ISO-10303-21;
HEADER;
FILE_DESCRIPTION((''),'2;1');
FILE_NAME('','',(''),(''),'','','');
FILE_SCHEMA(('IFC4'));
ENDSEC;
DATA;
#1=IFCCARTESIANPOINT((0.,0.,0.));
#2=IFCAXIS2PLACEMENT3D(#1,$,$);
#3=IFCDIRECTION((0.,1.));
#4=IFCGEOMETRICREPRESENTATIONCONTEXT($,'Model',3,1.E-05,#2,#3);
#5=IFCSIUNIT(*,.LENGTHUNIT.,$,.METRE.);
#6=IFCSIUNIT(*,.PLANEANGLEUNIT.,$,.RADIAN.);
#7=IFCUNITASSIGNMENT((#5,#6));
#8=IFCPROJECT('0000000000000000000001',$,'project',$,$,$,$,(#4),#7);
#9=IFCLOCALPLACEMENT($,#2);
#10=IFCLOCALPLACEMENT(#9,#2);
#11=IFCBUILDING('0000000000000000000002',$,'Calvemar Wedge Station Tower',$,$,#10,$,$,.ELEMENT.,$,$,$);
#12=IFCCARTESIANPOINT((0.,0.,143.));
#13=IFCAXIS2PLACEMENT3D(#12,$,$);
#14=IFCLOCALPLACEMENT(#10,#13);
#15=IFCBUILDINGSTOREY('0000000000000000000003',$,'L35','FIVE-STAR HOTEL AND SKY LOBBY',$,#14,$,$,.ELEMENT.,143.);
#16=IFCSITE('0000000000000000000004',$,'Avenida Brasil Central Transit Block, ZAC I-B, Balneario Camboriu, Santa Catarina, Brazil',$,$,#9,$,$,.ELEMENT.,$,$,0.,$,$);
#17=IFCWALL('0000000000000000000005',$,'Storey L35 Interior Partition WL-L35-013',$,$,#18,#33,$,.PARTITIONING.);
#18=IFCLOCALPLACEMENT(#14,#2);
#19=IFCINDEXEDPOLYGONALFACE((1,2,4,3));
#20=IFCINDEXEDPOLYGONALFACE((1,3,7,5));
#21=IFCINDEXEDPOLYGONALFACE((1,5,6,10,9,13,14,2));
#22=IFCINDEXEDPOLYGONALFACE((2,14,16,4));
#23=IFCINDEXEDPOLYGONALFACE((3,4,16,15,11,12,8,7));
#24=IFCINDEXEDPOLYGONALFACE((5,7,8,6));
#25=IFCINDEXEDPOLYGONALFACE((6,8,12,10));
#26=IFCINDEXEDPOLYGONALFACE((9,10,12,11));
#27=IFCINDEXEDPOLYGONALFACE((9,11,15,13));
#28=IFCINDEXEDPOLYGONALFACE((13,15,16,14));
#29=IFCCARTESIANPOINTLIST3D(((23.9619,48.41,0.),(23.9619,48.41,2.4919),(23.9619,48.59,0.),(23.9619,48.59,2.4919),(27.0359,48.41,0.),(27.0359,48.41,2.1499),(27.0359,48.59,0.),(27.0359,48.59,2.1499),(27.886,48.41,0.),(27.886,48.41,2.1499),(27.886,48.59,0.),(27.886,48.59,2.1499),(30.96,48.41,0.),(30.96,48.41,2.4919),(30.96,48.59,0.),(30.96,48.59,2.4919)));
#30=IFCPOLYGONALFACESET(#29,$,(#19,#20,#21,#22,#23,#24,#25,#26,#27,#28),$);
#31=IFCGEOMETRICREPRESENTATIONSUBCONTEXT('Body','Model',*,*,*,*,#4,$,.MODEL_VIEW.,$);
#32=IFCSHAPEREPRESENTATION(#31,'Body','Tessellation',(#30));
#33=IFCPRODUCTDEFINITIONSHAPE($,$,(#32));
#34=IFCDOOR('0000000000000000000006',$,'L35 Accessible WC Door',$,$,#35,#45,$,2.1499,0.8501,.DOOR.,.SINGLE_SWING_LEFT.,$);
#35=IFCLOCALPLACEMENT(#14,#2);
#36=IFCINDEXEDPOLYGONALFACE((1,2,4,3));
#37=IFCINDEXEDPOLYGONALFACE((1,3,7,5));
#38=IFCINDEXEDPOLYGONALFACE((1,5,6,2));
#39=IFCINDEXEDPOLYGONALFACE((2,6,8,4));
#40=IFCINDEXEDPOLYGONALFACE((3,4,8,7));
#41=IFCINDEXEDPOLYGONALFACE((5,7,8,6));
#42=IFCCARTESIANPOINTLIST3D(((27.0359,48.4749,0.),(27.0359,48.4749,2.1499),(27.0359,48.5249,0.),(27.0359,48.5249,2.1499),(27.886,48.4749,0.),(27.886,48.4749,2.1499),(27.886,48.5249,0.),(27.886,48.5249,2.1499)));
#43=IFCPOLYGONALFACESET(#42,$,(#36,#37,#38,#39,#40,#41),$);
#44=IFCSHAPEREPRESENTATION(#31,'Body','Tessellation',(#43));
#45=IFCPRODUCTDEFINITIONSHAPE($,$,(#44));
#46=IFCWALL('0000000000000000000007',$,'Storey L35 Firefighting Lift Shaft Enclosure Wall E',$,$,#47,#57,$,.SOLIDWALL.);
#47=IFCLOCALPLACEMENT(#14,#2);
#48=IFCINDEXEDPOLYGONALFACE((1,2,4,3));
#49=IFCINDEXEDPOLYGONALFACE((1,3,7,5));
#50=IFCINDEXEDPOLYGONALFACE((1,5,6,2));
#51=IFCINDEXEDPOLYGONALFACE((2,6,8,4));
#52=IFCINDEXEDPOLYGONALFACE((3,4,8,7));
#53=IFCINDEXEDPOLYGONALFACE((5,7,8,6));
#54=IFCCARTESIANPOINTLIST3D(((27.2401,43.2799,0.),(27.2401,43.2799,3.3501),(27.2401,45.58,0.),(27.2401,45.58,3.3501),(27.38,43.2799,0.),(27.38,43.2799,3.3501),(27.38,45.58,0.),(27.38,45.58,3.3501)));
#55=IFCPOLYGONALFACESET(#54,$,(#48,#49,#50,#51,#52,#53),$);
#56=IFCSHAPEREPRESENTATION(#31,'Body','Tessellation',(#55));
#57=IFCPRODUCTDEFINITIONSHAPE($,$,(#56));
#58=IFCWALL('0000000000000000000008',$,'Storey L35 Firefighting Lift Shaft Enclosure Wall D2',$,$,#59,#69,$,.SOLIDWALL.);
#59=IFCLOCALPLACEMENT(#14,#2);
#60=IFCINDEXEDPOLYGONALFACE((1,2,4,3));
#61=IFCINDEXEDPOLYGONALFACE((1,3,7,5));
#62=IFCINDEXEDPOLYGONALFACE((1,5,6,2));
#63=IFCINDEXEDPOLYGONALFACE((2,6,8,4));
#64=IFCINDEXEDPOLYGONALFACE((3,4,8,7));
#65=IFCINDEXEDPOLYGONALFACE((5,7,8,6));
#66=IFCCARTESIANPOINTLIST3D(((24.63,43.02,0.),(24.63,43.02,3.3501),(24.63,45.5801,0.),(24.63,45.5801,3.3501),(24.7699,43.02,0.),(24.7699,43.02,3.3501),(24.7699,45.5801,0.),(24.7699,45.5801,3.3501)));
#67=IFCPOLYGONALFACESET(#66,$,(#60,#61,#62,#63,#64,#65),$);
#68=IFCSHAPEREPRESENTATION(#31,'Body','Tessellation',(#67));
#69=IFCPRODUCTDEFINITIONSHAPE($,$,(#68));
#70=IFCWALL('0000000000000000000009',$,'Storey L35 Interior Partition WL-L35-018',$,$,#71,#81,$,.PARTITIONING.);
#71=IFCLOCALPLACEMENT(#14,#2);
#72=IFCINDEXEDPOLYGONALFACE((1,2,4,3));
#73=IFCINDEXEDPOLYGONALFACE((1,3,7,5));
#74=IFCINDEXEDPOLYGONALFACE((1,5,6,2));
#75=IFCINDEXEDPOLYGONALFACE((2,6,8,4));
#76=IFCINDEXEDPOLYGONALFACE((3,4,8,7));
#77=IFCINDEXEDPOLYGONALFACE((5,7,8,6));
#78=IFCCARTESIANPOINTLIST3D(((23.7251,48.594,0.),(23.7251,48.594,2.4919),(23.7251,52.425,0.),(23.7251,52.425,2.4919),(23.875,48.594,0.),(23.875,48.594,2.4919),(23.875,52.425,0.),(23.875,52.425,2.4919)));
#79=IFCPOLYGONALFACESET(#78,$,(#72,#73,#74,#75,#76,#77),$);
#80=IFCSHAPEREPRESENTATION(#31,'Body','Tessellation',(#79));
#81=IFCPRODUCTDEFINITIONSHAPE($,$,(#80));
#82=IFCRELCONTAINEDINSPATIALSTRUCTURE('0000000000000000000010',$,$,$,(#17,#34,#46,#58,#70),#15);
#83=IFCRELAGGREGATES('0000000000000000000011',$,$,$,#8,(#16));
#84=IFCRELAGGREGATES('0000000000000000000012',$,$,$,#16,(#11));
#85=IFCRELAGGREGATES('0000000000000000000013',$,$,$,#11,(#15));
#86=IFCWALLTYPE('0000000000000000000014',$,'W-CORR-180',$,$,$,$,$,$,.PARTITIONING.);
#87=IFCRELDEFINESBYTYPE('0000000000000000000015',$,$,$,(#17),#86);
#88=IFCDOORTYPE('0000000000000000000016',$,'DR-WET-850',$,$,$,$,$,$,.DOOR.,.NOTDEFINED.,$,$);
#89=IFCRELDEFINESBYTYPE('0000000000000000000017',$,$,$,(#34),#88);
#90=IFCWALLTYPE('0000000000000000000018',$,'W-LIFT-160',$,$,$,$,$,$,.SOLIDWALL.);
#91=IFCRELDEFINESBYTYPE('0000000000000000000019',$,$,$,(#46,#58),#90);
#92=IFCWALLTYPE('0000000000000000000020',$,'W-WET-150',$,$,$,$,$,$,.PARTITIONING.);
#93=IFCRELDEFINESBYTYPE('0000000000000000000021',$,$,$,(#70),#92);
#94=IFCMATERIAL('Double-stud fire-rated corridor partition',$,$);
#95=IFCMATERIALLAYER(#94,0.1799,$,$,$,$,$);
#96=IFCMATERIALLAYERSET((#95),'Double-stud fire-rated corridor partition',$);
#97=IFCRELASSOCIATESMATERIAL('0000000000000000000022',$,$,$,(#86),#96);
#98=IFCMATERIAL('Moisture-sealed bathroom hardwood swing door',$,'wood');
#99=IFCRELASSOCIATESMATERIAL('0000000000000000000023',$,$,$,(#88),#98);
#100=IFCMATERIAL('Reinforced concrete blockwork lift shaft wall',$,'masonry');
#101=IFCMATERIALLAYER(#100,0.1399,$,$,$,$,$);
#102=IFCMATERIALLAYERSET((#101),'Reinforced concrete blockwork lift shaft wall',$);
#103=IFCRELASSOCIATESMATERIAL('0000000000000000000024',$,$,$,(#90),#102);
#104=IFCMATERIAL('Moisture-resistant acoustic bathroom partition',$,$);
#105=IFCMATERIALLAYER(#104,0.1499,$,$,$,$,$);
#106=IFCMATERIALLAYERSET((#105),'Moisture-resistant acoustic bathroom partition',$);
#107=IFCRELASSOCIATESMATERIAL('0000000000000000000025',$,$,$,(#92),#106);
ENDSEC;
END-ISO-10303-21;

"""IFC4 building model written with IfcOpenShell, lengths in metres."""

from ifc_helpers import new_model, si_unit, direction, frame, frame_2d, origin, place, context, subcontext, project, spatial, rectangle, extrude, source, transform, mapped, material, layer, layer_set, type_object, element, fill, save


model = new_model("IFC4")

# Units and contexts
model_context = context("Model", 3, precision=1e-05, world=origin(), true_north=direction((0.0, 1.0)))
body_context = subcontext(model_context, "Body", "Model", "MODEL_VIEW")
ifc_project = project(units=[si_unit("LENGTHUNIT", "METRE"), si_unit("PLANEANGLEUNIT", "RADIAN")], contexts=[model_context])

# Site, building, storey
site_placement = place(None, origin())
site = spatial("IfcSite", under=ifc_project, at=site_placement, Name="Avenida Brasil Central Transit Block, ZAC I-B, Balneario Camboriu, Santa Catarina, Brazil", CompositionType="ELEMENT", RefElevation=0.0)
building_placement = place(site_placement, origin())
building = spatial("IfcBuilding", under=site, at=building_placement, Name="Calvemar Wedge Station Tower", CompositionType="ELEMENT")
storey_placement = place(building_placement, frame((0.0, 0.0, 143.0)))
storey = spatial("IfcBuildingStorey", under=building, at=storey_placement, Name="L35", Description="FIVE-STAR HOTEL AND SKY LOBBY", CompositionType="ELEMENT", Elevation=143.0)

# Shared definitions
ifc_material_1 = material(Name="Double-stud fire-rated corridor partition")
ifc_layer_1 = layer(ifc_material_1, 0.1799)
ifc_layer_set_1 = layer_set([ifc_layer_1], Name="Double-stud fire-rated corridor partition")
wall_type_1 = type_object("IfcWallType", Name="W-CORR-180", PredefinedType="PARTITIONING", material=ifc_layer_set_1)

# Wall, opening, door
shared_shape_1 = source(origin(), body_context, "Body", "SweptSolid", [
    extrude(rectangle(XDim=0.8501, YDim=2.1499, at=frame_2d((0.425, 1.075))), frame((0.0, 0.1001, 0.0), z_axis=(0.0, -1.0, 0.0), x_axis=(1.0, 0.0, 0.0)), (0.0, 0.0, 1.0), 0.2),
])
wall_1_placement = place(storey_placement, frame((23.9619, 48.5, 0.0), z_axis=(0.0, 0.0, 1.0), x_axis=(1.0, 0.0, 0.0)))
wall_1 = element("IfcWall", 1, at=wall_1_placement, inside=storey, type_object=wall_type_1, Name="Storey L35 Interior Partition WL-L35-013", PredefinedType="PARTITIONING", context=body_context, shape_type="SweptSolid", body=[
    extrude(rectangle(XDim=6.998, YDim=0.1799, at=frame_2d((3.499, 0.0))), origin(), (0.0, 0.0, 1.0), 2.4919),
])
opening_1_placement = place(wall_1_placement, frame((3.074, 0.0, 0.0)))
opening_1 = element("IfcOpeningElement", 2, at=opening_1_placement, cuts=wall_1, PredefinedType="OPENING", context=body_context, shape_type="MappedRepresentation", body=[
    mapped(shared_shape_1, transform((0.0, 0.0, 0.0), scale=1.0)),
])
ifc_material_2 = material(Name="Moisture-sealed bathroom hardwood swing door", Category="wood")
door_type_1 = type_object("IfcDoorType", Name="DR-WET-850", OperationType="NOTDEFINED", PredefinedType="DOOR", material=ifc_material_2)
shared_shape_2 = source(origin(), body_context, "Body", "SweptSolid", [
    extrude(rectangle(XDim=0.8501, YDim=2.1499, at=frame_2d((0.425, 1.075))), frame((0.0, 0.0249, 0.0), z_axis=(0.0, -1.0, 0.0), x_axis=(1.0, 0.0, 0.0)), (0.0, 0.0, 1.0), 0.05),
])
door_1_placement = place(opening_1_placement, origin())
door_1 = element("IfcDoor", 3, at=door_1_placement, inside=storey, type_object=door_type_1, Name="L35 Accessible WC Door", OperationType="SINGLE_SWING_LEFT", OverallHeight=2.1499, OverallWidth=0.8501, PredefinedType="DOOR", context=body_context, shape_type="MappedRepresentation", body=[
    mapped(shared_shape_2, transform((0.0, 0.0, 0.0), scale=1.0)),
])
fill(opening_1, door_1)

# Walls
ifc_material_3 = material(Name="Reinforced concrete blockwork lift shaft wall", Category="masonry")
ifc_layer_2 = layer(ifc_material_3, 0.1399)
ifc_layer_set_2 = layer_set([ifc_layer_2], Name="Reinforced concrete blockwork lift shaft wall")
wall_type_2 = type_object("IfcWallType", Name="W-LIFT-160", PredefinedType="SOLIDWALL", material=ifc_layer_set_2)
wall_2_placement = place(storey_placement, frame((27.3101, 43.28, 0.0), z_axis=(0.0, 0.0, 1.0), x_axis=(0.0, 1.0, 0.0)))
element("IfcWall", 4, at=wall_2_placement, inside=storey, type_object=wall_type_2, Name="Storey L35 Firefighting Lift Shaft Enclosure Wall E", PredefinedType="SOLIDWALL", context=body_context, shape_type="SweptSolid", body=[
    extrude(rectangle(XDim=2.3, YDim=0.1399, at=frame_2d((1.1499, 0.0))), origin(), (0.0, 0.0, 1.0), 3.3501),
])
wall_3_placement = place(storey_placement, frame((24.7, 43.02, 0.0), z_axis=(0.0, 0.0, 1.0), x_axis=(0.0, 1.0, 0.0)))
element("IfcWall", 5, at=wall_3_placement, inside=storey, type_object=wall_type_2, Name="Storey L35 Firefighting Lift Shaft Enclosure Wall D2", PredefinedType="SOLIDWALL", context=body_context, shape_type="SweptSolid", body=[
    extrude(rectangle(XDim=2.5601, YDim=0.1399, at=frame_2d((1.28, 0.0))), origin(), (0.0, 0.0, 1.0), 3.3501),
])
ifc_material_4 = material(Name="Moisture-resistant acoustic bathroom partition")
ifc_layer_3 = layer(ifc_material_4, 0.1499)
ifc_layer_set_3 = layer_set([ifc_layer_3], Name="Moisture-resistant acoustic bathroom partition")
wall_type_3 = type_object("IfcWallType", Name="W-WET-150", PredefinedType="PARTITIONING", material=ifc_layer_set_3)
wall_4_placement = place(storey_placement, frame((23.8, 52.425, 0.0), z_axis=(0.0, 0.0, 1.0), x_axis=(0.0, -1.0, 0.0)))
element("IfcWall", 6, at=wall_4_placement, inside=storey, type_object=wall_type_3, Name="Storey L35 Interior Partition WL-L35-018", PredefinedType="PARTITIONING", context=body_context, shape_type="SweptSolid", body=[
    extrude(rectangle(XDim=3.8311, YDim=0.1499, at=frame_2d((1.9155, 0.0))), origin(), (0.0, 0.0, 1.0), 2.4919),
])

save(model, "model.ifc")
